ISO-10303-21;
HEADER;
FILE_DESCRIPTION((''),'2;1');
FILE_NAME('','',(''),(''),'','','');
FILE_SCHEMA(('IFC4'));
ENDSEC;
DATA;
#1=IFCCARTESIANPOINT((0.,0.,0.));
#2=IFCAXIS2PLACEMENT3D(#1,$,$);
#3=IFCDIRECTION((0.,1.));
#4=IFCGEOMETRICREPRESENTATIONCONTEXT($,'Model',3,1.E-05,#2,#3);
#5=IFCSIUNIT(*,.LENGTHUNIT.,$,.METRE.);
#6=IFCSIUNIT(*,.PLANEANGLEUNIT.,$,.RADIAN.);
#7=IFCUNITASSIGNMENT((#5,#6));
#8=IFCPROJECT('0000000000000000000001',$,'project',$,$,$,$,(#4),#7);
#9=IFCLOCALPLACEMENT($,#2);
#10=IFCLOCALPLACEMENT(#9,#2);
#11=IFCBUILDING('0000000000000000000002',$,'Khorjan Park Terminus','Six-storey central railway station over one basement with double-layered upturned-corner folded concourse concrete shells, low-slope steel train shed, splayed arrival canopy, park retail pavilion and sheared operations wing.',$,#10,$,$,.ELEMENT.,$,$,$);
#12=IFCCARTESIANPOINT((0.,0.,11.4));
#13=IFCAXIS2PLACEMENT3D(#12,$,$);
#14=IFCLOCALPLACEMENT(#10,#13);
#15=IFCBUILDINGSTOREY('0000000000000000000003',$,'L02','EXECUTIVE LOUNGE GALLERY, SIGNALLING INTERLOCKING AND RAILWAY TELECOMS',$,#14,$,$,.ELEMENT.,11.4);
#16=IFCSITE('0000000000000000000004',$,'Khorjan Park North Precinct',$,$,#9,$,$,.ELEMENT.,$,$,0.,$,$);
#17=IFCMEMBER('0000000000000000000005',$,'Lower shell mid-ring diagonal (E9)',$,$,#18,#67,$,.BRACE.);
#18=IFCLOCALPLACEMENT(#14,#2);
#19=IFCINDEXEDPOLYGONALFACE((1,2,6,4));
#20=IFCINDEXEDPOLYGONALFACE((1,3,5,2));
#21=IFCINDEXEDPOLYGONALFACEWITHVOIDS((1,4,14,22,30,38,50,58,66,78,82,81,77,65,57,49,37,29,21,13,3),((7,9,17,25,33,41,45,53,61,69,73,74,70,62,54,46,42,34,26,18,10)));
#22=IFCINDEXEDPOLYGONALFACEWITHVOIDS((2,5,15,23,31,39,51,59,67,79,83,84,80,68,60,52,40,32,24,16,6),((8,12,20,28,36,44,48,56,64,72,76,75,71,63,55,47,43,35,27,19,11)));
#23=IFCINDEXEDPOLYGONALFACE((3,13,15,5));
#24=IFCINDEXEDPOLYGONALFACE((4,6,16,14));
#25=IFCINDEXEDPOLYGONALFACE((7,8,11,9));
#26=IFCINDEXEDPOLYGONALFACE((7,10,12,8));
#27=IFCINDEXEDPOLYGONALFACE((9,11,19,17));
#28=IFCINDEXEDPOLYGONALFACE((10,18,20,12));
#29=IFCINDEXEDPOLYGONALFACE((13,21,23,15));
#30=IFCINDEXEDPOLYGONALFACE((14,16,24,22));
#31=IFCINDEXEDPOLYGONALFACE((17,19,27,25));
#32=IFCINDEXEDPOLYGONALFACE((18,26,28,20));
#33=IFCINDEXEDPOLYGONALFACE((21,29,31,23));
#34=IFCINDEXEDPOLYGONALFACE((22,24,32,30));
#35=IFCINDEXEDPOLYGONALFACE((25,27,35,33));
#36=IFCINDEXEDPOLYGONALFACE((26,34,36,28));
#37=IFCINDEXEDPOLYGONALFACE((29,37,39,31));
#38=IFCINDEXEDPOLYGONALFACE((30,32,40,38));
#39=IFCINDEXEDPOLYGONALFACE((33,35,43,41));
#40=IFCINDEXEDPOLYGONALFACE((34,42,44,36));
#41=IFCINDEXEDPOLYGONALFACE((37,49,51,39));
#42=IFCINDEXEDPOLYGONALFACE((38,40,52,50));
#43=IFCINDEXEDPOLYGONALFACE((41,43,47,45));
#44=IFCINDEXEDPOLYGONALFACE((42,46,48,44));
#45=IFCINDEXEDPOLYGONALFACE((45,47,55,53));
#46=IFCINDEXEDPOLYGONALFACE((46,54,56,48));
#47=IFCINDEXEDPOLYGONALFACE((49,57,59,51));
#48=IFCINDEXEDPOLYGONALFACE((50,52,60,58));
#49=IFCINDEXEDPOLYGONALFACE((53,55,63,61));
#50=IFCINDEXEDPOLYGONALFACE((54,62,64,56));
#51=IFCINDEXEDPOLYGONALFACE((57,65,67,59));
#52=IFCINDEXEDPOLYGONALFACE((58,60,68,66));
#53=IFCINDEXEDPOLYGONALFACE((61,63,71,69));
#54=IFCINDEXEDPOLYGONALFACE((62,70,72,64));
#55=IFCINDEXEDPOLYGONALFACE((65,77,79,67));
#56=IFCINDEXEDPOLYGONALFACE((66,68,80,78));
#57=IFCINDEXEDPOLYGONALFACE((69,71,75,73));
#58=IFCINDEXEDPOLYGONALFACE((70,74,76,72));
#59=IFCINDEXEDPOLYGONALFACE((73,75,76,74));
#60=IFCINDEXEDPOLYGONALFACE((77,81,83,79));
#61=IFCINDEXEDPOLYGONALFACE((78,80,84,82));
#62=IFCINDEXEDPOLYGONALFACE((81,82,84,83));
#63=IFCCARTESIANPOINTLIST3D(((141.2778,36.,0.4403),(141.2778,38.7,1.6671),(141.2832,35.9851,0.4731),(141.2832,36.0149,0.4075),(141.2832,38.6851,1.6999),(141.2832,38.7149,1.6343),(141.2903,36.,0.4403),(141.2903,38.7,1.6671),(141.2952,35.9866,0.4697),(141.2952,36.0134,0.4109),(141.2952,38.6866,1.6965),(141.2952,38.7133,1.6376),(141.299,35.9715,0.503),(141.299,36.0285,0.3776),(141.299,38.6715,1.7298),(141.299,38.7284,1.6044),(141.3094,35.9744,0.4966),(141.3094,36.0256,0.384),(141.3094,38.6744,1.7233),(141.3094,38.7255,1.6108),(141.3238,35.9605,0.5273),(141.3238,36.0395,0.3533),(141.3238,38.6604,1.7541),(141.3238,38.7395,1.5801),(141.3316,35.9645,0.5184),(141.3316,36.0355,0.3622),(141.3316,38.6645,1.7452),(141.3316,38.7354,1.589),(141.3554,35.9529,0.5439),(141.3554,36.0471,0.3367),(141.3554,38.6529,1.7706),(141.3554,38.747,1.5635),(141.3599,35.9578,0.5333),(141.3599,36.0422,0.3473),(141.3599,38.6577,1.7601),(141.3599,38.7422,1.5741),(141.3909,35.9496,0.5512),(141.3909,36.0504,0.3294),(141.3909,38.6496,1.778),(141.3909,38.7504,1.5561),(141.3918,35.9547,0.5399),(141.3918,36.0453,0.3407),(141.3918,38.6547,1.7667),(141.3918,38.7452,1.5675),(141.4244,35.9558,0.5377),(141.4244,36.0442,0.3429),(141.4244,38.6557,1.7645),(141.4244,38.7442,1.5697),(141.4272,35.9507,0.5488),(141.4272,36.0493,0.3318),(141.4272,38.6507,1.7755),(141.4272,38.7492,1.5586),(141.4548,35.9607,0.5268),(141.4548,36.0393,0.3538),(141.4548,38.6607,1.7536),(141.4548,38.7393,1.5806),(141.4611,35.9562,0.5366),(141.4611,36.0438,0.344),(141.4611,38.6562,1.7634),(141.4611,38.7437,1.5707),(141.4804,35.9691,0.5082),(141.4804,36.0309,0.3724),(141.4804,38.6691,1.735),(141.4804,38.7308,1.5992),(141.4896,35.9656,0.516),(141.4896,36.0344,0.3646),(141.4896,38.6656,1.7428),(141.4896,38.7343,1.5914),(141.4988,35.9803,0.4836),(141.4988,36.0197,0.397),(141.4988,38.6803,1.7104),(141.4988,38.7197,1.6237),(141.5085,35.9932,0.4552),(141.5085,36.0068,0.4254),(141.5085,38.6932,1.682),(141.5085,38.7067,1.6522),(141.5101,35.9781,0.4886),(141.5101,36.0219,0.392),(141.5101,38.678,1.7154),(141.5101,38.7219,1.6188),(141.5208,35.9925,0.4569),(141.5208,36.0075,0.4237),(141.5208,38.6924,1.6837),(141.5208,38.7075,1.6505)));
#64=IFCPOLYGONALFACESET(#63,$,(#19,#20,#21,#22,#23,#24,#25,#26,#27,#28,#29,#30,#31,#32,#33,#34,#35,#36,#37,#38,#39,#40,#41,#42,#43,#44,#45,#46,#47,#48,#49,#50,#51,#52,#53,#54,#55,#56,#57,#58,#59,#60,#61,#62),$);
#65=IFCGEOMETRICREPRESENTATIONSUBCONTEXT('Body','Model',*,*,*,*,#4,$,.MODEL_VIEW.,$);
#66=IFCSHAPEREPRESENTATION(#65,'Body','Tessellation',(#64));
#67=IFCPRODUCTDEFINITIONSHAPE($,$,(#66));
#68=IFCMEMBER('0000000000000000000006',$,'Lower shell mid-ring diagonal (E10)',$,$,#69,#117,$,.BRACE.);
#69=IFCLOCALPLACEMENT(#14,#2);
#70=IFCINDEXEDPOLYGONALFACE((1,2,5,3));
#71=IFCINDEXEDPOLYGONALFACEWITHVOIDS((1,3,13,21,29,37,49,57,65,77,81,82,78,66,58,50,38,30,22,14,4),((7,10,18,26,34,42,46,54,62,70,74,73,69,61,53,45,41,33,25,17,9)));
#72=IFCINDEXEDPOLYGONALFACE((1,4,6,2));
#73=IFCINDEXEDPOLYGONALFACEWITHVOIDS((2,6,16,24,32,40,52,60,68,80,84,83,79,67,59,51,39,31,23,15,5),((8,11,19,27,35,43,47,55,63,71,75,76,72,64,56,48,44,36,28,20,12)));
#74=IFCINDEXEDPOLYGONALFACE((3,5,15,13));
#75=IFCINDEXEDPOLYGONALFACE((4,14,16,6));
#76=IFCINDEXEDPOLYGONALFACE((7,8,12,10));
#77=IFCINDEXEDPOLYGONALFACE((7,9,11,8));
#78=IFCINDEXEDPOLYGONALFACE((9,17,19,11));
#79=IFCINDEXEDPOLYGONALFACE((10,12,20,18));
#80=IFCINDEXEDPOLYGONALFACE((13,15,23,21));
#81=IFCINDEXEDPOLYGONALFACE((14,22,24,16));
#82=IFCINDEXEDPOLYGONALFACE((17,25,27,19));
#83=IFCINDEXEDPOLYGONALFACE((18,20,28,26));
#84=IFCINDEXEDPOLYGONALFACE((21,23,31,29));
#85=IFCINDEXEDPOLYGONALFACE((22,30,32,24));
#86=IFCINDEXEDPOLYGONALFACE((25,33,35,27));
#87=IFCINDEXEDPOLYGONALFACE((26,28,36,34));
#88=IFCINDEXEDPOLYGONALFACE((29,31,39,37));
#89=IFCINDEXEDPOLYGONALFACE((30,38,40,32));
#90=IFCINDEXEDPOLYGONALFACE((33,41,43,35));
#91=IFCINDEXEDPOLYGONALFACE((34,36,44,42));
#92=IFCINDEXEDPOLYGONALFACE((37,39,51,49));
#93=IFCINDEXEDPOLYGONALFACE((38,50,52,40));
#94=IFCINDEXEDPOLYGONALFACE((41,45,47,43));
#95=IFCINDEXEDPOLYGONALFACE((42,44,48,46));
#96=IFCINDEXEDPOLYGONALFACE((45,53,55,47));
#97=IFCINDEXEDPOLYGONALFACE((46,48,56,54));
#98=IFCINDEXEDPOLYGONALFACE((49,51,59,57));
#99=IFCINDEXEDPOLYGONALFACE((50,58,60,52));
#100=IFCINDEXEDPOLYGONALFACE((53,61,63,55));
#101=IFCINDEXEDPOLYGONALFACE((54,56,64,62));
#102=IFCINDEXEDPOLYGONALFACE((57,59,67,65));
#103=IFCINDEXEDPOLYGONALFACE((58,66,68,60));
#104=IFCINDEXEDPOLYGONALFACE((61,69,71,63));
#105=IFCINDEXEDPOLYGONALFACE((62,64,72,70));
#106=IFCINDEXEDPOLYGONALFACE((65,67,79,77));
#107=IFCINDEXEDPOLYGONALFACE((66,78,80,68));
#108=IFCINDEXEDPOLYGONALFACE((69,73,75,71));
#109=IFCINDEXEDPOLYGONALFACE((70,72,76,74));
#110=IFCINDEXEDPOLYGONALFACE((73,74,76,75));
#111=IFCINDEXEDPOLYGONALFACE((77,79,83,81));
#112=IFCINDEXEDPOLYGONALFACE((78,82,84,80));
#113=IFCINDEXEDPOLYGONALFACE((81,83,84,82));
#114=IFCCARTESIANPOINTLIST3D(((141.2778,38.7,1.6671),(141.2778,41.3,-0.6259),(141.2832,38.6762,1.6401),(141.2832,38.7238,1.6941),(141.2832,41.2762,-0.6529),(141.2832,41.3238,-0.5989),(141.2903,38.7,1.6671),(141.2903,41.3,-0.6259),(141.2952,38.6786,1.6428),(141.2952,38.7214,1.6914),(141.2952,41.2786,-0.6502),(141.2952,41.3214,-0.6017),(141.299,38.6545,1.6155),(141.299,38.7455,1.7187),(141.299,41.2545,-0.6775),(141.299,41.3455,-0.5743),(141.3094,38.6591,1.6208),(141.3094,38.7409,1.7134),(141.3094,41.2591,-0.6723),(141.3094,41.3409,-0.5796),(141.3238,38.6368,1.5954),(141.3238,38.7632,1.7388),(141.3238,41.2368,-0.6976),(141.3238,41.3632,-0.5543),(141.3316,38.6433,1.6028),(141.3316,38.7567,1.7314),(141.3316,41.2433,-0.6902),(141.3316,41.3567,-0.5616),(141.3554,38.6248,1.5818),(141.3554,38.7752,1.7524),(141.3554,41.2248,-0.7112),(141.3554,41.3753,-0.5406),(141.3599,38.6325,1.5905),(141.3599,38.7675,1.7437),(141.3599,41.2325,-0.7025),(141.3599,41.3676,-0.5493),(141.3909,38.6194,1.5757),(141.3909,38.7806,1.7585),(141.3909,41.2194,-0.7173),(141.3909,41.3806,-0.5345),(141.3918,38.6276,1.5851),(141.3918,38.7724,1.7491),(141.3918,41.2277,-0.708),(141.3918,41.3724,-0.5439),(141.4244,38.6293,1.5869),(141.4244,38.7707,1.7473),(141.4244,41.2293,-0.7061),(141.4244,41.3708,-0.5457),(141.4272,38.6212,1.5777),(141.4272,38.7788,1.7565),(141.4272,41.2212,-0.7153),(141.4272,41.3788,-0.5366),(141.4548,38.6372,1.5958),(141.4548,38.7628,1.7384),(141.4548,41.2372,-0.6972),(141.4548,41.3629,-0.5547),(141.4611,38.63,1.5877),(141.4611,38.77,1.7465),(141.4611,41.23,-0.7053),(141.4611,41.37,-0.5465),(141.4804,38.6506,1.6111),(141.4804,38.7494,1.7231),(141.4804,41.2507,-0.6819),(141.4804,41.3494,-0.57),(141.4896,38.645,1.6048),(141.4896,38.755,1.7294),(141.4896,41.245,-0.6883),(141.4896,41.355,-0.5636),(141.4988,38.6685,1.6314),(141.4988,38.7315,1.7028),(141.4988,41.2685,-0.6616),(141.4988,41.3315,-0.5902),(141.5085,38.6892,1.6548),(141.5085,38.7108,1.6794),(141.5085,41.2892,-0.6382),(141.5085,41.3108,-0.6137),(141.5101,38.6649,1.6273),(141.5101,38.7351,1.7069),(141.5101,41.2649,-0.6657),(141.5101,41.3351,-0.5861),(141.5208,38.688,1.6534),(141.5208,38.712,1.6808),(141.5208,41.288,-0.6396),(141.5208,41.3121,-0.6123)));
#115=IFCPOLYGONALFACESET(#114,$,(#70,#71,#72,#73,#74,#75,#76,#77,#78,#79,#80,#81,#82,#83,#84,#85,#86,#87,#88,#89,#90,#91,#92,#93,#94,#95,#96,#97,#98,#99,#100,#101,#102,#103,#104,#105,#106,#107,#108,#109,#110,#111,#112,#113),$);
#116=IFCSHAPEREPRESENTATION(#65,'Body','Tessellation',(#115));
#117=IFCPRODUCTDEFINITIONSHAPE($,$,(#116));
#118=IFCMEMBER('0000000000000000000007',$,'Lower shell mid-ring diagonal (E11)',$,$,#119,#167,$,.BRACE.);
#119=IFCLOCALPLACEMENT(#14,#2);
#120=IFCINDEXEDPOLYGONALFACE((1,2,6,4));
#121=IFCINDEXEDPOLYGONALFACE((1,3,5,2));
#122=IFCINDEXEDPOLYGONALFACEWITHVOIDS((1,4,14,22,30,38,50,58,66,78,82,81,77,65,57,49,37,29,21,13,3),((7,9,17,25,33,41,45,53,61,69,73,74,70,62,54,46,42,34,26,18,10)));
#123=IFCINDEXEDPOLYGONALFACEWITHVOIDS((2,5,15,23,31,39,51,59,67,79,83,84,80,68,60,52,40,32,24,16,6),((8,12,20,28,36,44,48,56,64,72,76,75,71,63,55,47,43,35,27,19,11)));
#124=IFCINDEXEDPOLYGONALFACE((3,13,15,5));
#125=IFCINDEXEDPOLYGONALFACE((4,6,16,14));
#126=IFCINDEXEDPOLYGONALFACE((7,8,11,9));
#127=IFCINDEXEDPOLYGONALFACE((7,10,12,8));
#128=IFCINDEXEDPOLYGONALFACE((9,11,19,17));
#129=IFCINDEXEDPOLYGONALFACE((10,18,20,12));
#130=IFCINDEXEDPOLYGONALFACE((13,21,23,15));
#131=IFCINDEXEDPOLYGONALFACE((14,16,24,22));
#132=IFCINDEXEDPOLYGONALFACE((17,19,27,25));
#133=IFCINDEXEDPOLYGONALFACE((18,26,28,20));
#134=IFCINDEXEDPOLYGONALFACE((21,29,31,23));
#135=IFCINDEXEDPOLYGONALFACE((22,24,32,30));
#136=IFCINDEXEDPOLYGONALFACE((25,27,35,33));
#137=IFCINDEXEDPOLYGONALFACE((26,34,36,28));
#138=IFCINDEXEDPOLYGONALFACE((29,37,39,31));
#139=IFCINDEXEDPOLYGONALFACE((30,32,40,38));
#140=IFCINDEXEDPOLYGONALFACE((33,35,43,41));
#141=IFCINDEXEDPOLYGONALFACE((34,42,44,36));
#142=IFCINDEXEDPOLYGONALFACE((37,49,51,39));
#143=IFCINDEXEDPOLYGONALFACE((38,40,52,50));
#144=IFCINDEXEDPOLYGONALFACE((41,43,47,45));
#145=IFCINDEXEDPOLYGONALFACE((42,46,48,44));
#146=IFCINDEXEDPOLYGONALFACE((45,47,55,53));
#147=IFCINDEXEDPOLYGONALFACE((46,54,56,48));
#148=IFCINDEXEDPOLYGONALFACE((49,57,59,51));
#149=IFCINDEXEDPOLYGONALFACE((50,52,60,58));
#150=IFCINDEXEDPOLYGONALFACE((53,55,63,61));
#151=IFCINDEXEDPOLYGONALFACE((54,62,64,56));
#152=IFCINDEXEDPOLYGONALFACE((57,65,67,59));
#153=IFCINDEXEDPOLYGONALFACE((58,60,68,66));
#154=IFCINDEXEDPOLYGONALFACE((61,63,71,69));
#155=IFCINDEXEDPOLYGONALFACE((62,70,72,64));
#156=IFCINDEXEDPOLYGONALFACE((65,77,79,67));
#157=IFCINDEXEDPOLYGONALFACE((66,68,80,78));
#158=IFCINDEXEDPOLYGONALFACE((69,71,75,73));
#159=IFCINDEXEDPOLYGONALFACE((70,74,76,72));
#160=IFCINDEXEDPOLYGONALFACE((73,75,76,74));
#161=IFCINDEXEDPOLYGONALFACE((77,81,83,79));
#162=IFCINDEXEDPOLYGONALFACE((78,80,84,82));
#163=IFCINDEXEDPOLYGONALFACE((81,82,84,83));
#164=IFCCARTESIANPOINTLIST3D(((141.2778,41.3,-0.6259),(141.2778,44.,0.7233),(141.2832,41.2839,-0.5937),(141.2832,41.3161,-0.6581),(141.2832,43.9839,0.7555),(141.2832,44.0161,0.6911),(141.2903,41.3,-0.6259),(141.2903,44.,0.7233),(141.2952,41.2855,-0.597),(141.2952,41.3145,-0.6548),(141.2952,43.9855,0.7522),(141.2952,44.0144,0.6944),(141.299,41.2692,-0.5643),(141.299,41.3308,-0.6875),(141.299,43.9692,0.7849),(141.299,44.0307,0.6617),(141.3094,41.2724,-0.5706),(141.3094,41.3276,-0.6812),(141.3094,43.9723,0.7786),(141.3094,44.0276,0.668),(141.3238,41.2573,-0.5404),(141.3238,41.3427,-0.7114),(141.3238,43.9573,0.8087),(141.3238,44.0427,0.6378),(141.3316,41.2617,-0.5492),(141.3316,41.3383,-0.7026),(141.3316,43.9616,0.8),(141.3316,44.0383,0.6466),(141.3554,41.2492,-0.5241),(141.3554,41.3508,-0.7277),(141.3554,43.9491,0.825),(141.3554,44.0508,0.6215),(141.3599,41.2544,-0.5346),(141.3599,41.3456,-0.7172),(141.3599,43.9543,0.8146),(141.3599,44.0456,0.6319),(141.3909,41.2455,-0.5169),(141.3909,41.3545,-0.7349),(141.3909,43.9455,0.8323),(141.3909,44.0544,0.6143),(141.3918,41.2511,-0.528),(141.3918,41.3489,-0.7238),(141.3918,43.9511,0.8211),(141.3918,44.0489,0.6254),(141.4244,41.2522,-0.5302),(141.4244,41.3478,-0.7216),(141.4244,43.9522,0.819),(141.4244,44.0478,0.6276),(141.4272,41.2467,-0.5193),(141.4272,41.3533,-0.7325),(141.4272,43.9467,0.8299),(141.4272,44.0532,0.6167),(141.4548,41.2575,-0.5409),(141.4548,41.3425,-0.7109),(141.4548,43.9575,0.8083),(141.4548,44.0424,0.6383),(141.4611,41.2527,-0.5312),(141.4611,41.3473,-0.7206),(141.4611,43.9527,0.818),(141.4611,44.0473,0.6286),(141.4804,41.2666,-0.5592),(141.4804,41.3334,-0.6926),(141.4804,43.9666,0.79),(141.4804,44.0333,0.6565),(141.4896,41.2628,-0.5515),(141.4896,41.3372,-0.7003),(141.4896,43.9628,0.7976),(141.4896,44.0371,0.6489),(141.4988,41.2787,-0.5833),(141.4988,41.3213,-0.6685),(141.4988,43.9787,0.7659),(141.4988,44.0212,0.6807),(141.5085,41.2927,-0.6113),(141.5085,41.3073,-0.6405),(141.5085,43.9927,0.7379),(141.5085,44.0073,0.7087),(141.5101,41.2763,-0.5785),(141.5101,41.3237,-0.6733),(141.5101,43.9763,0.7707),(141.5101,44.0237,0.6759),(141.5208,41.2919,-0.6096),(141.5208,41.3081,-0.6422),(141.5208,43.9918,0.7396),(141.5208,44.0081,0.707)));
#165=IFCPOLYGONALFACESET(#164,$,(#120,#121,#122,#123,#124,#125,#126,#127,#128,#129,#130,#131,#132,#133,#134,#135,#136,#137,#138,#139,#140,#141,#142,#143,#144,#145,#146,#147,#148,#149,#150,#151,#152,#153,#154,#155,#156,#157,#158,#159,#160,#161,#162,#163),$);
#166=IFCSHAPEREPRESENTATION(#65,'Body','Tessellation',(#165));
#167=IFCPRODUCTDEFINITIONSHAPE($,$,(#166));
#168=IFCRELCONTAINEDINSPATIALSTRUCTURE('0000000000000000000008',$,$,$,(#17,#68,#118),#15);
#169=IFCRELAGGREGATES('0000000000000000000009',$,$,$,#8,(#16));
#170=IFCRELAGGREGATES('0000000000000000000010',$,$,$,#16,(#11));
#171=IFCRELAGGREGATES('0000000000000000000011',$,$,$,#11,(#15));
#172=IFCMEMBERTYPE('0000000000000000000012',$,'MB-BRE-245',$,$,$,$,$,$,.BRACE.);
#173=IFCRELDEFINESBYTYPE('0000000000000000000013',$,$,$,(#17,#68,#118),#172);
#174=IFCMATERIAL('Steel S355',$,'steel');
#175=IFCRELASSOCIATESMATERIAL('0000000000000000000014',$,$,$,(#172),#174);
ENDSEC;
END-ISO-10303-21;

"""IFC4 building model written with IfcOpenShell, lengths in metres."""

from ifc_helpers import new_model, si_unit, direction, frame, origin, origin_2d, place, context, subcontext, project, spatial, hollow_circle, extrude, material, material_profile, profile_set, type_object, element, save


model = new_model("IFC4")

# Units and contexts
model_context = context("Model", 3, precision=1e-05, world=origin(), true_north=direction((0.0, 1.0)))
body_context = subcontext(model_context, "Body", "Model", "MODEL_VIEW")
ifc_project = project(units=[si_unit("LENGTHUNIT", "METRE"), si_unit("PLANEANGLEUNIT", "RADIAN")], contexts=[model_context])

# Site, building, storey
site_placement = place(None, origin())
site = spatial("IfcSite", under=ifc_project, at=site_placement, Name="Khorjan Park North Precinct", CompositionType="ELEMENT", RefElevation=0.0)
building_placement = place(site_placement, origin())
building = spatial("IfcBuilding", under=site, at=building_placement, Name="Khorjan Park Terminus", Description="Six-storey central railway station over one basement with double-layered upturned-corner folded concourse concrete shells, low-slope steel train shed, splayed arrival canopy, park retail pavilion and sheared operations wing.", CompositionType="ELEMENT")
storey_placement = place(building_placement, frame((0.0, 0.0, 11.4)))
storey = spatial("IfcBuildingStorey", under=building, at=storey_placement, Name="L02", Description="EXECUTIVE LOUNGE GALLERY, SIGNALLING INTERLOCKING AND RAILWAY TELECOMS", CompositionType="ELEMENT", Elevation=11.4)

# Shared definitions
ifc_material_1 = material(Name="Steel S355", Category="steel")

# Members
ifc_material_profile_1 = material_profile(ifc_material_1, hollow_circle(Radius=0.1222, WallThickness=0.0125, at=origin_2d()), Name="CHS 244.5x12.5")
ifc_profile_set_1 = profile_set([ifc_material_profile_1], Name="Steel S355")
member_type_1 = type_object("IfcMemberType", Name="MB-BRE-245", PredefinedType="BRACE", material=ifc_profile_set_1)
member_1_placement = place(storey_placement, frame((141.4, 36.0, 0.4403), z_axis=(0.0, 0.910427, 0.413671), x_axis=(-1.0, 0.0, 0.0)))
element("IfcMember", 1, at=member_1_placement, inside=storey, type_object=member_type_1, Name="Lower shell mid-ring diagonal (E9)", PredefinedType="BRACE", context=body_context, shape_type="SweptSolid", body=[
    extrude(hollow_circle(Radius=0.1222, WallThickness=0.0125, at=origin_2d()), origin(), (0.0, 0.0, 1.0), 2.9656),
])
member_2_placement = place(storey_placement, frame((141.4, 38.7, 1.6671), z_axis=(0.0, 0.749998, -0.66144), x_axis=(-1.0, 0.0, 0.0)))
element("IfcMember", 2, at=member_2_placement, inside=storey, type_object=member_type_1, Name="Lower shell mid-ring diagonal (E10)", PredefinedType="BRACE", context=body_context, shape_type="SweptSolid", body=[
    extrude(hollow_circle(Radius=0.1222, WallThickness=0.0125, at=origin_2d()), origin(), (0.0, 0.0, 1.0), 3.4667),
])
member_3_placement = place(storey_placement, frame((141.4, 41.3, -0.6259), z_axis=(0.0, 0.894533, 0.447002), x_axis=(-1.0, 0.0, 0.0)))
element("IfcMember", 3, at=member_3_placement, inside=storey, type_object=member_type_1, Name="Lower shell mid-ring diagonal (E11)", PredefinedType="BRACE", context=body_context, shape_type="SweptSolid", body=[
    extrude(hollow_circle(Radius=0.1222, WallThickness=0.0125, at=origin_2d()), origin(), (0.0, 0.0, 1.0), 3.0183),
])

save(model, "model.ifc")
